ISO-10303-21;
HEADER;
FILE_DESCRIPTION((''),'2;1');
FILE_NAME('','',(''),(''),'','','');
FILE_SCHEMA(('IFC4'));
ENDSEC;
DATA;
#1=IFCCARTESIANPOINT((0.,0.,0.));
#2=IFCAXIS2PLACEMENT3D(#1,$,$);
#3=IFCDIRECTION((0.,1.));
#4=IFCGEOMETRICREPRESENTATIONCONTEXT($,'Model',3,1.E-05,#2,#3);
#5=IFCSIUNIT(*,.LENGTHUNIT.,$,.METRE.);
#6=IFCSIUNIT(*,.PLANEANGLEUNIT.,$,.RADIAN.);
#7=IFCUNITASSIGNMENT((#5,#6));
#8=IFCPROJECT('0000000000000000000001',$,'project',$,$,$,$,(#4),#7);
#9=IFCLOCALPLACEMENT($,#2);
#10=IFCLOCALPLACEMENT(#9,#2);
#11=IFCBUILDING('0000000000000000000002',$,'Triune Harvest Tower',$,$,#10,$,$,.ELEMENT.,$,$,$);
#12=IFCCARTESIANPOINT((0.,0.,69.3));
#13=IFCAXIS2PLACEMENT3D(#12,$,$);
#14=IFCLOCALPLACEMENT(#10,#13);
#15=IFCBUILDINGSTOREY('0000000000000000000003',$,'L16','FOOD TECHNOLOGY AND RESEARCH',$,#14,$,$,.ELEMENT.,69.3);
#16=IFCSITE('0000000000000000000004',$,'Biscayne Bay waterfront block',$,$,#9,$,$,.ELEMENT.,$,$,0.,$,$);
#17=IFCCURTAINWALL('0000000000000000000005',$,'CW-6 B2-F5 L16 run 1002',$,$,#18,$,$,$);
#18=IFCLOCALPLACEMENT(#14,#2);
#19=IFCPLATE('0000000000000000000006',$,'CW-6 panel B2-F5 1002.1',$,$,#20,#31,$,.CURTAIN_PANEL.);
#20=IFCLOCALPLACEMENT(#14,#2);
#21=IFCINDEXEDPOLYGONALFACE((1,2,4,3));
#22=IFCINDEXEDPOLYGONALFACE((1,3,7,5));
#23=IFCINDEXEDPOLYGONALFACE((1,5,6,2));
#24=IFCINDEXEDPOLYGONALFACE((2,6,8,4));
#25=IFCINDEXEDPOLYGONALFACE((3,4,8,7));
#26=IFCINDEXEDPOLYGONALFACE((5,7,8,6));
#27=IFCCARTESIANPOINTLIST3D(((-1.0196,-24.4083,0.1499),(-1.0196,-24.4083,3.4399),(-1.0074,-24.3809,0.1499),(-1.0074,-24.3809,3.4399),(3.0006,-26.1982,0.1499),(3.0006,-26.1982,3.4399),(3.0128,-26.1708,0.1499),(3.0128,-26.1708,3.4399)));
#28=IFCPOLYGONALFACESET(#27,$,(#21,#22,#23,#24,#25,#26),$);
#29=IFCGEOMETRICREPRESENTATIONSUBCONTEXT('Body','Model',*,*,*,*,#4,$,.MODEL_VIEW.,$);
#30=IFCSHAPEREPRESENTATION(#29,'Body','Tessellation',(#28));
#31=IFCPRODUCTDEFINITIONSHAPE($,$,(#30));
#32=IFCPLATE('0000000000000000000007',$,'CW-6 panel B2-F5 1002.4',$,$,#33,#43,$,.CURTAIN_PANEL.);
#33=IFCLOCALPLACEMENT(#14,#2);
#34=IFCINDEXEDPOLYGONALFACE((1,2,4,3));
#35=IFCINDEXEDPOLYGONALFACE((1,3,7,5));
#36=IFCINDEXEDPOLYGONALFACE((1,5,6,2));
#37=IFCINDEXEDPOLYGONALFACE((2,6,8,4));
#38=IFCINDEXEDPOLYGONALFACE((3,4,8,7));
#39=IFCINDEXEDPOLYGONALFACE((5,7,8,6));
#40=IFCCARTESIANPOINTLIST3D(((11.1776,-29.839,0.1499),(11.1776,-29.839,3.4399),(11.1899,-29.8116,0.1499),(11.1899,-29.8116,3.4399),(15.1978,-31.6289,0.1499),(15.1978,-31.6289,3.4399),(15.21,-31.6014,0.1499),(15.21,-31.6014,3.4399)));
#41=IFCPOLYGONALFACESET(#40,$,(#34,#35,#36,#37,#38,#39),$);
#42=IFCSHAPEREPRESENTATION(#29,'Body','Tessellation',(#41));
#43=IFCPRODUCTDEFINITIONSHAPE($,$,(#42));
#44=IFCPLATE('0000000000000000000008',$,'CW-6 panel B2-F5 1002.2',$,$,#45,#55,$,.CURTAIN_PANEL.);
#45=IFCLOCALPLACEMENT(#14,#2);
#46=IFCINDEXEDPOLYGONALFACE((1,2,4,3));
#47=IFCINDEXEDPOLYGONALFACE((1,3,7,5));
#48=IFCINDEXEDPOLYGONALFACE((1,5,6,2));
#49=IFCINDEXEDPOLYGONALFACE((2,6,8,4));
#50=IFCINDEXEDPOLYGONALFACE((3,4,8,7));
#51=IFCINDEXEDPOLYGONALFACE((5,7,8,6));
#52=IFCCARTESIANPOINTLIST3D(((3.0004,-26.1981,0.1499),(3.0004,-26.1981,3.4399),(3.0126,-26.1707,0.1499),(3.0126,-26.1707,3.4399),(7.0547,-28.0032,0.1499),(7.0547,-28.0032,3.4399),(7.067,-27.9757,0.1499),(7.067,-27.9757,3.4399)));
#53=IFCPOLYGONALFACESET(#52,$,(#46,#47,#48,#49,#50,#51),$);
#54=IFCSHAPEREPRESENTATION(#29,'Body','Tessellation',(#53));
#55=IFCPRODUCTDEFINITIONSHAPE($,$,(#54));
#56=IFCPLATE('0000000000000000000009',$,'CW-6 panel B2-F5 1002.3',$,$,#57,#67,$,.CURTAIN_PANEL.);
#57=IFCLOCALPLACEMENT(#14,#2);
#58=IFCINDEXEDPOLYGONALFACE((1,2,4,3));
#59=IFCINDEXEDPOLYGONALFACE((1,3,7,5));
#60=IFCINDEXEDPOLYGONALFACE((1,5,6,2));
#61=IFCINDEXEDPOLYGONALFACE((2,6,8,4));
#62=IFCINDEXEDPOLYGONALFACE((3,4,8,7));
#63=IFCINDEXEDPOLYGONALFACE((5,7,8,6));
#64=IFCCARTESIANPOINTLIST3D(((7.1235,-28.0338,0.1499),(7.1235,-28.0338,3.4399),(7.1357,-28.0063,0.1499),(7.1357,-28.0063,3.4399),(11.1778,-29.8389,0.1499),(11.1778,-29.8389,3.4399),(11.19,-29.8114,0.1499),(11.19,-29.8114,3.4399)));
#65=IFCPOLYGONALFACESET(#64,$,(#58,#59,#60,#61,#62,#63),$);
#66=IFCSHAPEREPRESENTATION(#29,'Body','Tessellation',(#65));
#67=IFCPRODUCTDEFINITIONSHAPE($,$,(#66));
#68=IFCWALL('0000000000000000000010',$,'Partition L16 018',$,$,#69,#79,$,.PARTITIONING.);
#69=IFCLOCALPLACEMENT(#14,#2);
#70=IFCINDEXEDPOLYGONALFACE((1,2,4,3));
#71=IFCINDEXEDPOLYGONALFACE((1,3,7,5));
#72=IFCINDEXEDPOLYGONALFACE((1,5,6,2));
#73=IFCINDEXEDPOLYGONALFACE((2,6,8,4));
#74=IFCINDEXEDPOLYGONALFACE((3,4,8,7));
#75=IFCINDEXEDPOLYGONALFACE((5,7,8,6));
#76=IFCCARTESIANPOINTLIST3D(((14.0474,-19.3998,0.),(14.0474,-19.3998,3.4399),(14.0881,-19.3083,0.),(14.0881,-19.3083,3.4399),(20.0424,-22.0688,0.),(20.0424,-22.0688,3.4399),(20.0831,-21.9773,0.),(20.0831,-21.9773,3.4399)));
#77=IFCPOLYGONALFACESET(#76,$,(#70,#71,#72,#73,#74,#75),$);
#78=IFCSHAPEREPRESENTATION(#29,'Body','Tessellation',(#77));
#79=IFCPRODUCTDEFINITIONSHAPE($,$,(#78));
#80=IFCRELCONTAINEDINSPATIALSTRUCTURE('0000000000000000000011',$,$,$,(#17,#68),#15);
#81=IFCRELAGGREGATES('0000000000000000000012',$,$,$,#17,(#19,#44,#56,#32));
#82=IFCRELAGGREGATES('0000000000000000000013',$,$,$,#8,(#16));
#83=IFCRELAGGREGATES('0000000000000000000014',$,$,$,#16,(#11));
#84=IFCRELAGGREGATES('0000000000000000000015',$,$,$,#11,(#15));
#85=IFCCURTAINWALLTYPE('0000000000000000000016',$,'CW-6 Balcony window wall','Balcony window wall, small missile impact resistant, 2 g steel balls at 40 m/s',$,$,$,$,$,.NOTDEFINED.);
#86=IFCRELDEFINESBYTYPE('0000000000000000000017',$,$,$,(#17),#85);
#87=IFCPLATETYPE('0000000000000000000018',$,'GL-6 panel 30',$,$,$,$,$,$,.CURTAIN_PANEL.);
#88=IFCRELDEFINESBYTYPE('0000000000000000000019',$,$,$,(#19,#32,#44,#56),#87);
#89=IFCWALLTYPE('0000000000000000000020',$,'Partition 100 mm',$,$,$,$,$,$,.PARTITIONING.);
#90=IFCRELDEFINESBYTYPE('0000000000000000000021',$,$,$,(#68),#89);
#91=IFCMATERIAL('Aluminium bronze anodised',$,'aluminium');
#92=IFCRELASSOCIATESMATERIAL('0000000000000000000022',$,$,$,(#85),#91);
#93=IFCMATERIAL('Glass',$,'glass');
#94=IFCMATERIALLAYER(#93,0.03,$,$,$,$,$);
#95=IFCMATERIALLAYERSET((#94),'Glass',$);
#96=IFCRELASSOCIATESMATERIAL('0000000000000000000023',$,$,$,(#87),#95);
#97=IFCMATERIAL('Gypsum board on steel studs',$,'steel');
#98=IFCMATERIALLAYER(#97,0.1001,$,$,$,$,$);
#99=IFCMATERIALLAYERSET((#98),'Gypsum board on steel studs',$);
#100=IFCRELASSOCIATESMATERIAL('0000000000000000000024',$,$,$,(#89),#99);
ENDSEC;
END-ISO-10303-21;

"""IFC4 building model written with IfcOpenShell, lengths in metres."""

from ifc_helpers import new_model, si_unit, direction, frame, frame_2d, origin, origin_2d, place, context, subcontext, project, spatial, rectangle, extrude, source, transform, mapped, material, layer, layer_set, type_object, element, aggregate, save


model = new_model("IFC4")

# Units and contexts
model_context = context("Model", 3, precision=1e-05, world=origin(), true_north=direction((0.0, 1.0)))
body_context = subcontext(model_context, "Body", "Model", "MODEL_VIEW")
ifc_project = project(units=[si_unit("LENGTHUNIT", "METRE"), si_unit("PLANEANGLEUNIT", "RADIAN")], contexts=[model_context])

# Site, building, storey
site_placement = place(None, origin())
site = spatial("IfcSite", under=ifc_project, at=site_placement, Name="Biscayne Bay waterfront block", CompositionType="ELEMENT", RefElevation=0.0)
building_placement = place(site_placement, origin())
building = spatial("IfcBuilding", under=site, at=building_placement, Name="Triune Harvest Tower", CompositionType="ELEMENT")
storey_placement = place(building_placement, frame((0.0, 0.0, 69.3)))
storey = spatial("IfcBuildingStorey", under=building, at=storey_placement, Name="L16", Description="FOOD TECHNOLOGY AND RESEARCH", CompositionType="ELEMENT", Elevation=69.3)

# Curtain wall
ifc_material_1 = material(Name="Aluminium bronze anodised", Category="aluminium")
curtain_wall_type_1 = type_object("IfcCurtainWallType", Name="CW-6 Balcony window wall", Description="Balcony window wall, small missile impact resistant, 2 g steel balls at 40 m/s", PredefinedType="NOTDEFINED", material=ifc_material_1)
curtain_wall_1_placement = place(storey_placement, origin())
curtain_wall_1 = element("IfcCurtainWall", 1, at=curtain_wall_1_placement, inside=storey, type_object=curtain_wall_type_1, Name="CW-6 B2-F5 L16 run 1002")

# Plates
ifc_material_2 = material(Name="Glass", Category="glass")
ifc_layer_1 = layer(ifc_material_2, 0.03)
ifc_layer_set_1 = layer_set([ifc_layer_1], Name="Glass")
plate_type_1 = type_object("IfcPlateType", Name="GL-6 panel 30", PredefinedType="CURTAIN_PANEL", material=ifc_layer_set_1)
shared_shape_1 = source(origin(), body_context, "Body", "SweptSolid", [
    extrude(rectangle(XDim=4.4006, YDim=0.03, at=origin_2d()), origin(), (0.0, 0.0, 1.0), 3.29),
])
plate_1_placement = place(storey_placement, frame((0.9966, -25.2896, 0.1499), z_axis=(0.0, 0.0, 1.0), x_axis=(0.913546, -0.406735, 0.0)))
plate_1 = element("IfcPlate", 2, at=plate_1_placement, type_object=plate_type_1, Name="CW-6 panel B2-F5 1002.1", PredefinedType="CURTAIN_PANEL", context=body_context, shape_type="MappedRepresentation", body=[
    mapped(shared_shape_1, transform((0.0, 0.0, 0.0), scale=1.0)),
])
plate_2_placement = place(storey_placement, frame((13.1938, -30.7202, 0.1499), z_axis=(0.0, 0.0, 1.0), x_axis=(0.913546, -0.406735, 0.0)))
plate_2 = element("IfcPlate", 3, at=plate_2_placement, type_object=plate_type_1, Name="CW-6 panel B2-F5 1002.4", PredefinedType="CURTAIN_PANEL", context=body_context, shape_type="MappedRepresentation", body=[
    mapped(shared_shape_1, transform((0.0, 0.0, 0.0), scale=1.0)),
])
shared_shape_2 = source(origin(), body_context, "Body", "SweptSolid", [
    extrude(rectangle(XDim=4.438, YDim=0.03, at=origin_2d()), origin(), (0.0, 0.0, 1.0), 3.29),
])
plate_3_placement = place(storey_placement, frame((5.0337, -27.0869, 0.1499), z_axis=(0.0, 0.0, 1.0), x_axis=(0.913546, -0.406735, 0.0)))
plate_3 = element("IfcPlate", 4, at=plate_3_placement, type_object=plate_type_1, Name="CW-6 panel B2-F5 1002.2", PredefinedType="CURTAIN_PANEL", context=body_context, shape_type="MappedRepresentation", body=[
    mapped(shared_shape_2, transform((0.0, 0.0, 0.0), scale=1.0)),
])
plate_4_placement = place(storey_placement, frame((9.1567, -28.9226, 0.1499), z_axis=(0.0, 0.0, 1.0), x_axis=(0.913546, -0.406735, 0.0)))
plate_4 = element("IfcPlate", 5, at=plate_4_placement, type_object=plate_type_1, Name="CW-6 panel B2-F5 1002.3", PredefinedType="CURTAIN_PANEL", context=body_context, shape_type="MappedRepresentation", body=[
    mapped(shared_shape_2, transform((0.0, 0.0, 0.0), scale=1.0)),
])
aggregate(curtain_wall_1, [plate_1, plate_3, plate_4, plate_2])

# Wall
ifc_material_3 = material(Name="Gypsum board on steel studs", Category="steel")
ifc_layer_2 = layer(ifc_material_3, 0.1001)
ifc_layer_set_2 = layer_set([ifc_layer_2], Name="Gypsum board on steel studs")
wall_type = type_object("IfcWallType", Name="Partition 100 mm", PredefinedType="PARTITIONING", material=ifc_layer_set_2)
wall_placement = place(storey_placement, frame((14.0676, -19.354, 0.0), z_axis=(0.0, 0.0, 1.0), x_axis=(0.913554, -0.406718, 0.0)))
element("IfcWall", 6, at=wall_placement, inside=storey, type_object=wall_type, Name="Partition L16 018", PredefinedType="PARTITIONING", context=body_context, shape_type="SweptSolid", body=[
    extrude(rectangle(XDim=6.5623, YDim=0.1001, at=frame_2d((3.2812, 0.0))), origin(), (0.0, 0.0, 1.0), 3.4399),
])

save(model, "model.ifc")
